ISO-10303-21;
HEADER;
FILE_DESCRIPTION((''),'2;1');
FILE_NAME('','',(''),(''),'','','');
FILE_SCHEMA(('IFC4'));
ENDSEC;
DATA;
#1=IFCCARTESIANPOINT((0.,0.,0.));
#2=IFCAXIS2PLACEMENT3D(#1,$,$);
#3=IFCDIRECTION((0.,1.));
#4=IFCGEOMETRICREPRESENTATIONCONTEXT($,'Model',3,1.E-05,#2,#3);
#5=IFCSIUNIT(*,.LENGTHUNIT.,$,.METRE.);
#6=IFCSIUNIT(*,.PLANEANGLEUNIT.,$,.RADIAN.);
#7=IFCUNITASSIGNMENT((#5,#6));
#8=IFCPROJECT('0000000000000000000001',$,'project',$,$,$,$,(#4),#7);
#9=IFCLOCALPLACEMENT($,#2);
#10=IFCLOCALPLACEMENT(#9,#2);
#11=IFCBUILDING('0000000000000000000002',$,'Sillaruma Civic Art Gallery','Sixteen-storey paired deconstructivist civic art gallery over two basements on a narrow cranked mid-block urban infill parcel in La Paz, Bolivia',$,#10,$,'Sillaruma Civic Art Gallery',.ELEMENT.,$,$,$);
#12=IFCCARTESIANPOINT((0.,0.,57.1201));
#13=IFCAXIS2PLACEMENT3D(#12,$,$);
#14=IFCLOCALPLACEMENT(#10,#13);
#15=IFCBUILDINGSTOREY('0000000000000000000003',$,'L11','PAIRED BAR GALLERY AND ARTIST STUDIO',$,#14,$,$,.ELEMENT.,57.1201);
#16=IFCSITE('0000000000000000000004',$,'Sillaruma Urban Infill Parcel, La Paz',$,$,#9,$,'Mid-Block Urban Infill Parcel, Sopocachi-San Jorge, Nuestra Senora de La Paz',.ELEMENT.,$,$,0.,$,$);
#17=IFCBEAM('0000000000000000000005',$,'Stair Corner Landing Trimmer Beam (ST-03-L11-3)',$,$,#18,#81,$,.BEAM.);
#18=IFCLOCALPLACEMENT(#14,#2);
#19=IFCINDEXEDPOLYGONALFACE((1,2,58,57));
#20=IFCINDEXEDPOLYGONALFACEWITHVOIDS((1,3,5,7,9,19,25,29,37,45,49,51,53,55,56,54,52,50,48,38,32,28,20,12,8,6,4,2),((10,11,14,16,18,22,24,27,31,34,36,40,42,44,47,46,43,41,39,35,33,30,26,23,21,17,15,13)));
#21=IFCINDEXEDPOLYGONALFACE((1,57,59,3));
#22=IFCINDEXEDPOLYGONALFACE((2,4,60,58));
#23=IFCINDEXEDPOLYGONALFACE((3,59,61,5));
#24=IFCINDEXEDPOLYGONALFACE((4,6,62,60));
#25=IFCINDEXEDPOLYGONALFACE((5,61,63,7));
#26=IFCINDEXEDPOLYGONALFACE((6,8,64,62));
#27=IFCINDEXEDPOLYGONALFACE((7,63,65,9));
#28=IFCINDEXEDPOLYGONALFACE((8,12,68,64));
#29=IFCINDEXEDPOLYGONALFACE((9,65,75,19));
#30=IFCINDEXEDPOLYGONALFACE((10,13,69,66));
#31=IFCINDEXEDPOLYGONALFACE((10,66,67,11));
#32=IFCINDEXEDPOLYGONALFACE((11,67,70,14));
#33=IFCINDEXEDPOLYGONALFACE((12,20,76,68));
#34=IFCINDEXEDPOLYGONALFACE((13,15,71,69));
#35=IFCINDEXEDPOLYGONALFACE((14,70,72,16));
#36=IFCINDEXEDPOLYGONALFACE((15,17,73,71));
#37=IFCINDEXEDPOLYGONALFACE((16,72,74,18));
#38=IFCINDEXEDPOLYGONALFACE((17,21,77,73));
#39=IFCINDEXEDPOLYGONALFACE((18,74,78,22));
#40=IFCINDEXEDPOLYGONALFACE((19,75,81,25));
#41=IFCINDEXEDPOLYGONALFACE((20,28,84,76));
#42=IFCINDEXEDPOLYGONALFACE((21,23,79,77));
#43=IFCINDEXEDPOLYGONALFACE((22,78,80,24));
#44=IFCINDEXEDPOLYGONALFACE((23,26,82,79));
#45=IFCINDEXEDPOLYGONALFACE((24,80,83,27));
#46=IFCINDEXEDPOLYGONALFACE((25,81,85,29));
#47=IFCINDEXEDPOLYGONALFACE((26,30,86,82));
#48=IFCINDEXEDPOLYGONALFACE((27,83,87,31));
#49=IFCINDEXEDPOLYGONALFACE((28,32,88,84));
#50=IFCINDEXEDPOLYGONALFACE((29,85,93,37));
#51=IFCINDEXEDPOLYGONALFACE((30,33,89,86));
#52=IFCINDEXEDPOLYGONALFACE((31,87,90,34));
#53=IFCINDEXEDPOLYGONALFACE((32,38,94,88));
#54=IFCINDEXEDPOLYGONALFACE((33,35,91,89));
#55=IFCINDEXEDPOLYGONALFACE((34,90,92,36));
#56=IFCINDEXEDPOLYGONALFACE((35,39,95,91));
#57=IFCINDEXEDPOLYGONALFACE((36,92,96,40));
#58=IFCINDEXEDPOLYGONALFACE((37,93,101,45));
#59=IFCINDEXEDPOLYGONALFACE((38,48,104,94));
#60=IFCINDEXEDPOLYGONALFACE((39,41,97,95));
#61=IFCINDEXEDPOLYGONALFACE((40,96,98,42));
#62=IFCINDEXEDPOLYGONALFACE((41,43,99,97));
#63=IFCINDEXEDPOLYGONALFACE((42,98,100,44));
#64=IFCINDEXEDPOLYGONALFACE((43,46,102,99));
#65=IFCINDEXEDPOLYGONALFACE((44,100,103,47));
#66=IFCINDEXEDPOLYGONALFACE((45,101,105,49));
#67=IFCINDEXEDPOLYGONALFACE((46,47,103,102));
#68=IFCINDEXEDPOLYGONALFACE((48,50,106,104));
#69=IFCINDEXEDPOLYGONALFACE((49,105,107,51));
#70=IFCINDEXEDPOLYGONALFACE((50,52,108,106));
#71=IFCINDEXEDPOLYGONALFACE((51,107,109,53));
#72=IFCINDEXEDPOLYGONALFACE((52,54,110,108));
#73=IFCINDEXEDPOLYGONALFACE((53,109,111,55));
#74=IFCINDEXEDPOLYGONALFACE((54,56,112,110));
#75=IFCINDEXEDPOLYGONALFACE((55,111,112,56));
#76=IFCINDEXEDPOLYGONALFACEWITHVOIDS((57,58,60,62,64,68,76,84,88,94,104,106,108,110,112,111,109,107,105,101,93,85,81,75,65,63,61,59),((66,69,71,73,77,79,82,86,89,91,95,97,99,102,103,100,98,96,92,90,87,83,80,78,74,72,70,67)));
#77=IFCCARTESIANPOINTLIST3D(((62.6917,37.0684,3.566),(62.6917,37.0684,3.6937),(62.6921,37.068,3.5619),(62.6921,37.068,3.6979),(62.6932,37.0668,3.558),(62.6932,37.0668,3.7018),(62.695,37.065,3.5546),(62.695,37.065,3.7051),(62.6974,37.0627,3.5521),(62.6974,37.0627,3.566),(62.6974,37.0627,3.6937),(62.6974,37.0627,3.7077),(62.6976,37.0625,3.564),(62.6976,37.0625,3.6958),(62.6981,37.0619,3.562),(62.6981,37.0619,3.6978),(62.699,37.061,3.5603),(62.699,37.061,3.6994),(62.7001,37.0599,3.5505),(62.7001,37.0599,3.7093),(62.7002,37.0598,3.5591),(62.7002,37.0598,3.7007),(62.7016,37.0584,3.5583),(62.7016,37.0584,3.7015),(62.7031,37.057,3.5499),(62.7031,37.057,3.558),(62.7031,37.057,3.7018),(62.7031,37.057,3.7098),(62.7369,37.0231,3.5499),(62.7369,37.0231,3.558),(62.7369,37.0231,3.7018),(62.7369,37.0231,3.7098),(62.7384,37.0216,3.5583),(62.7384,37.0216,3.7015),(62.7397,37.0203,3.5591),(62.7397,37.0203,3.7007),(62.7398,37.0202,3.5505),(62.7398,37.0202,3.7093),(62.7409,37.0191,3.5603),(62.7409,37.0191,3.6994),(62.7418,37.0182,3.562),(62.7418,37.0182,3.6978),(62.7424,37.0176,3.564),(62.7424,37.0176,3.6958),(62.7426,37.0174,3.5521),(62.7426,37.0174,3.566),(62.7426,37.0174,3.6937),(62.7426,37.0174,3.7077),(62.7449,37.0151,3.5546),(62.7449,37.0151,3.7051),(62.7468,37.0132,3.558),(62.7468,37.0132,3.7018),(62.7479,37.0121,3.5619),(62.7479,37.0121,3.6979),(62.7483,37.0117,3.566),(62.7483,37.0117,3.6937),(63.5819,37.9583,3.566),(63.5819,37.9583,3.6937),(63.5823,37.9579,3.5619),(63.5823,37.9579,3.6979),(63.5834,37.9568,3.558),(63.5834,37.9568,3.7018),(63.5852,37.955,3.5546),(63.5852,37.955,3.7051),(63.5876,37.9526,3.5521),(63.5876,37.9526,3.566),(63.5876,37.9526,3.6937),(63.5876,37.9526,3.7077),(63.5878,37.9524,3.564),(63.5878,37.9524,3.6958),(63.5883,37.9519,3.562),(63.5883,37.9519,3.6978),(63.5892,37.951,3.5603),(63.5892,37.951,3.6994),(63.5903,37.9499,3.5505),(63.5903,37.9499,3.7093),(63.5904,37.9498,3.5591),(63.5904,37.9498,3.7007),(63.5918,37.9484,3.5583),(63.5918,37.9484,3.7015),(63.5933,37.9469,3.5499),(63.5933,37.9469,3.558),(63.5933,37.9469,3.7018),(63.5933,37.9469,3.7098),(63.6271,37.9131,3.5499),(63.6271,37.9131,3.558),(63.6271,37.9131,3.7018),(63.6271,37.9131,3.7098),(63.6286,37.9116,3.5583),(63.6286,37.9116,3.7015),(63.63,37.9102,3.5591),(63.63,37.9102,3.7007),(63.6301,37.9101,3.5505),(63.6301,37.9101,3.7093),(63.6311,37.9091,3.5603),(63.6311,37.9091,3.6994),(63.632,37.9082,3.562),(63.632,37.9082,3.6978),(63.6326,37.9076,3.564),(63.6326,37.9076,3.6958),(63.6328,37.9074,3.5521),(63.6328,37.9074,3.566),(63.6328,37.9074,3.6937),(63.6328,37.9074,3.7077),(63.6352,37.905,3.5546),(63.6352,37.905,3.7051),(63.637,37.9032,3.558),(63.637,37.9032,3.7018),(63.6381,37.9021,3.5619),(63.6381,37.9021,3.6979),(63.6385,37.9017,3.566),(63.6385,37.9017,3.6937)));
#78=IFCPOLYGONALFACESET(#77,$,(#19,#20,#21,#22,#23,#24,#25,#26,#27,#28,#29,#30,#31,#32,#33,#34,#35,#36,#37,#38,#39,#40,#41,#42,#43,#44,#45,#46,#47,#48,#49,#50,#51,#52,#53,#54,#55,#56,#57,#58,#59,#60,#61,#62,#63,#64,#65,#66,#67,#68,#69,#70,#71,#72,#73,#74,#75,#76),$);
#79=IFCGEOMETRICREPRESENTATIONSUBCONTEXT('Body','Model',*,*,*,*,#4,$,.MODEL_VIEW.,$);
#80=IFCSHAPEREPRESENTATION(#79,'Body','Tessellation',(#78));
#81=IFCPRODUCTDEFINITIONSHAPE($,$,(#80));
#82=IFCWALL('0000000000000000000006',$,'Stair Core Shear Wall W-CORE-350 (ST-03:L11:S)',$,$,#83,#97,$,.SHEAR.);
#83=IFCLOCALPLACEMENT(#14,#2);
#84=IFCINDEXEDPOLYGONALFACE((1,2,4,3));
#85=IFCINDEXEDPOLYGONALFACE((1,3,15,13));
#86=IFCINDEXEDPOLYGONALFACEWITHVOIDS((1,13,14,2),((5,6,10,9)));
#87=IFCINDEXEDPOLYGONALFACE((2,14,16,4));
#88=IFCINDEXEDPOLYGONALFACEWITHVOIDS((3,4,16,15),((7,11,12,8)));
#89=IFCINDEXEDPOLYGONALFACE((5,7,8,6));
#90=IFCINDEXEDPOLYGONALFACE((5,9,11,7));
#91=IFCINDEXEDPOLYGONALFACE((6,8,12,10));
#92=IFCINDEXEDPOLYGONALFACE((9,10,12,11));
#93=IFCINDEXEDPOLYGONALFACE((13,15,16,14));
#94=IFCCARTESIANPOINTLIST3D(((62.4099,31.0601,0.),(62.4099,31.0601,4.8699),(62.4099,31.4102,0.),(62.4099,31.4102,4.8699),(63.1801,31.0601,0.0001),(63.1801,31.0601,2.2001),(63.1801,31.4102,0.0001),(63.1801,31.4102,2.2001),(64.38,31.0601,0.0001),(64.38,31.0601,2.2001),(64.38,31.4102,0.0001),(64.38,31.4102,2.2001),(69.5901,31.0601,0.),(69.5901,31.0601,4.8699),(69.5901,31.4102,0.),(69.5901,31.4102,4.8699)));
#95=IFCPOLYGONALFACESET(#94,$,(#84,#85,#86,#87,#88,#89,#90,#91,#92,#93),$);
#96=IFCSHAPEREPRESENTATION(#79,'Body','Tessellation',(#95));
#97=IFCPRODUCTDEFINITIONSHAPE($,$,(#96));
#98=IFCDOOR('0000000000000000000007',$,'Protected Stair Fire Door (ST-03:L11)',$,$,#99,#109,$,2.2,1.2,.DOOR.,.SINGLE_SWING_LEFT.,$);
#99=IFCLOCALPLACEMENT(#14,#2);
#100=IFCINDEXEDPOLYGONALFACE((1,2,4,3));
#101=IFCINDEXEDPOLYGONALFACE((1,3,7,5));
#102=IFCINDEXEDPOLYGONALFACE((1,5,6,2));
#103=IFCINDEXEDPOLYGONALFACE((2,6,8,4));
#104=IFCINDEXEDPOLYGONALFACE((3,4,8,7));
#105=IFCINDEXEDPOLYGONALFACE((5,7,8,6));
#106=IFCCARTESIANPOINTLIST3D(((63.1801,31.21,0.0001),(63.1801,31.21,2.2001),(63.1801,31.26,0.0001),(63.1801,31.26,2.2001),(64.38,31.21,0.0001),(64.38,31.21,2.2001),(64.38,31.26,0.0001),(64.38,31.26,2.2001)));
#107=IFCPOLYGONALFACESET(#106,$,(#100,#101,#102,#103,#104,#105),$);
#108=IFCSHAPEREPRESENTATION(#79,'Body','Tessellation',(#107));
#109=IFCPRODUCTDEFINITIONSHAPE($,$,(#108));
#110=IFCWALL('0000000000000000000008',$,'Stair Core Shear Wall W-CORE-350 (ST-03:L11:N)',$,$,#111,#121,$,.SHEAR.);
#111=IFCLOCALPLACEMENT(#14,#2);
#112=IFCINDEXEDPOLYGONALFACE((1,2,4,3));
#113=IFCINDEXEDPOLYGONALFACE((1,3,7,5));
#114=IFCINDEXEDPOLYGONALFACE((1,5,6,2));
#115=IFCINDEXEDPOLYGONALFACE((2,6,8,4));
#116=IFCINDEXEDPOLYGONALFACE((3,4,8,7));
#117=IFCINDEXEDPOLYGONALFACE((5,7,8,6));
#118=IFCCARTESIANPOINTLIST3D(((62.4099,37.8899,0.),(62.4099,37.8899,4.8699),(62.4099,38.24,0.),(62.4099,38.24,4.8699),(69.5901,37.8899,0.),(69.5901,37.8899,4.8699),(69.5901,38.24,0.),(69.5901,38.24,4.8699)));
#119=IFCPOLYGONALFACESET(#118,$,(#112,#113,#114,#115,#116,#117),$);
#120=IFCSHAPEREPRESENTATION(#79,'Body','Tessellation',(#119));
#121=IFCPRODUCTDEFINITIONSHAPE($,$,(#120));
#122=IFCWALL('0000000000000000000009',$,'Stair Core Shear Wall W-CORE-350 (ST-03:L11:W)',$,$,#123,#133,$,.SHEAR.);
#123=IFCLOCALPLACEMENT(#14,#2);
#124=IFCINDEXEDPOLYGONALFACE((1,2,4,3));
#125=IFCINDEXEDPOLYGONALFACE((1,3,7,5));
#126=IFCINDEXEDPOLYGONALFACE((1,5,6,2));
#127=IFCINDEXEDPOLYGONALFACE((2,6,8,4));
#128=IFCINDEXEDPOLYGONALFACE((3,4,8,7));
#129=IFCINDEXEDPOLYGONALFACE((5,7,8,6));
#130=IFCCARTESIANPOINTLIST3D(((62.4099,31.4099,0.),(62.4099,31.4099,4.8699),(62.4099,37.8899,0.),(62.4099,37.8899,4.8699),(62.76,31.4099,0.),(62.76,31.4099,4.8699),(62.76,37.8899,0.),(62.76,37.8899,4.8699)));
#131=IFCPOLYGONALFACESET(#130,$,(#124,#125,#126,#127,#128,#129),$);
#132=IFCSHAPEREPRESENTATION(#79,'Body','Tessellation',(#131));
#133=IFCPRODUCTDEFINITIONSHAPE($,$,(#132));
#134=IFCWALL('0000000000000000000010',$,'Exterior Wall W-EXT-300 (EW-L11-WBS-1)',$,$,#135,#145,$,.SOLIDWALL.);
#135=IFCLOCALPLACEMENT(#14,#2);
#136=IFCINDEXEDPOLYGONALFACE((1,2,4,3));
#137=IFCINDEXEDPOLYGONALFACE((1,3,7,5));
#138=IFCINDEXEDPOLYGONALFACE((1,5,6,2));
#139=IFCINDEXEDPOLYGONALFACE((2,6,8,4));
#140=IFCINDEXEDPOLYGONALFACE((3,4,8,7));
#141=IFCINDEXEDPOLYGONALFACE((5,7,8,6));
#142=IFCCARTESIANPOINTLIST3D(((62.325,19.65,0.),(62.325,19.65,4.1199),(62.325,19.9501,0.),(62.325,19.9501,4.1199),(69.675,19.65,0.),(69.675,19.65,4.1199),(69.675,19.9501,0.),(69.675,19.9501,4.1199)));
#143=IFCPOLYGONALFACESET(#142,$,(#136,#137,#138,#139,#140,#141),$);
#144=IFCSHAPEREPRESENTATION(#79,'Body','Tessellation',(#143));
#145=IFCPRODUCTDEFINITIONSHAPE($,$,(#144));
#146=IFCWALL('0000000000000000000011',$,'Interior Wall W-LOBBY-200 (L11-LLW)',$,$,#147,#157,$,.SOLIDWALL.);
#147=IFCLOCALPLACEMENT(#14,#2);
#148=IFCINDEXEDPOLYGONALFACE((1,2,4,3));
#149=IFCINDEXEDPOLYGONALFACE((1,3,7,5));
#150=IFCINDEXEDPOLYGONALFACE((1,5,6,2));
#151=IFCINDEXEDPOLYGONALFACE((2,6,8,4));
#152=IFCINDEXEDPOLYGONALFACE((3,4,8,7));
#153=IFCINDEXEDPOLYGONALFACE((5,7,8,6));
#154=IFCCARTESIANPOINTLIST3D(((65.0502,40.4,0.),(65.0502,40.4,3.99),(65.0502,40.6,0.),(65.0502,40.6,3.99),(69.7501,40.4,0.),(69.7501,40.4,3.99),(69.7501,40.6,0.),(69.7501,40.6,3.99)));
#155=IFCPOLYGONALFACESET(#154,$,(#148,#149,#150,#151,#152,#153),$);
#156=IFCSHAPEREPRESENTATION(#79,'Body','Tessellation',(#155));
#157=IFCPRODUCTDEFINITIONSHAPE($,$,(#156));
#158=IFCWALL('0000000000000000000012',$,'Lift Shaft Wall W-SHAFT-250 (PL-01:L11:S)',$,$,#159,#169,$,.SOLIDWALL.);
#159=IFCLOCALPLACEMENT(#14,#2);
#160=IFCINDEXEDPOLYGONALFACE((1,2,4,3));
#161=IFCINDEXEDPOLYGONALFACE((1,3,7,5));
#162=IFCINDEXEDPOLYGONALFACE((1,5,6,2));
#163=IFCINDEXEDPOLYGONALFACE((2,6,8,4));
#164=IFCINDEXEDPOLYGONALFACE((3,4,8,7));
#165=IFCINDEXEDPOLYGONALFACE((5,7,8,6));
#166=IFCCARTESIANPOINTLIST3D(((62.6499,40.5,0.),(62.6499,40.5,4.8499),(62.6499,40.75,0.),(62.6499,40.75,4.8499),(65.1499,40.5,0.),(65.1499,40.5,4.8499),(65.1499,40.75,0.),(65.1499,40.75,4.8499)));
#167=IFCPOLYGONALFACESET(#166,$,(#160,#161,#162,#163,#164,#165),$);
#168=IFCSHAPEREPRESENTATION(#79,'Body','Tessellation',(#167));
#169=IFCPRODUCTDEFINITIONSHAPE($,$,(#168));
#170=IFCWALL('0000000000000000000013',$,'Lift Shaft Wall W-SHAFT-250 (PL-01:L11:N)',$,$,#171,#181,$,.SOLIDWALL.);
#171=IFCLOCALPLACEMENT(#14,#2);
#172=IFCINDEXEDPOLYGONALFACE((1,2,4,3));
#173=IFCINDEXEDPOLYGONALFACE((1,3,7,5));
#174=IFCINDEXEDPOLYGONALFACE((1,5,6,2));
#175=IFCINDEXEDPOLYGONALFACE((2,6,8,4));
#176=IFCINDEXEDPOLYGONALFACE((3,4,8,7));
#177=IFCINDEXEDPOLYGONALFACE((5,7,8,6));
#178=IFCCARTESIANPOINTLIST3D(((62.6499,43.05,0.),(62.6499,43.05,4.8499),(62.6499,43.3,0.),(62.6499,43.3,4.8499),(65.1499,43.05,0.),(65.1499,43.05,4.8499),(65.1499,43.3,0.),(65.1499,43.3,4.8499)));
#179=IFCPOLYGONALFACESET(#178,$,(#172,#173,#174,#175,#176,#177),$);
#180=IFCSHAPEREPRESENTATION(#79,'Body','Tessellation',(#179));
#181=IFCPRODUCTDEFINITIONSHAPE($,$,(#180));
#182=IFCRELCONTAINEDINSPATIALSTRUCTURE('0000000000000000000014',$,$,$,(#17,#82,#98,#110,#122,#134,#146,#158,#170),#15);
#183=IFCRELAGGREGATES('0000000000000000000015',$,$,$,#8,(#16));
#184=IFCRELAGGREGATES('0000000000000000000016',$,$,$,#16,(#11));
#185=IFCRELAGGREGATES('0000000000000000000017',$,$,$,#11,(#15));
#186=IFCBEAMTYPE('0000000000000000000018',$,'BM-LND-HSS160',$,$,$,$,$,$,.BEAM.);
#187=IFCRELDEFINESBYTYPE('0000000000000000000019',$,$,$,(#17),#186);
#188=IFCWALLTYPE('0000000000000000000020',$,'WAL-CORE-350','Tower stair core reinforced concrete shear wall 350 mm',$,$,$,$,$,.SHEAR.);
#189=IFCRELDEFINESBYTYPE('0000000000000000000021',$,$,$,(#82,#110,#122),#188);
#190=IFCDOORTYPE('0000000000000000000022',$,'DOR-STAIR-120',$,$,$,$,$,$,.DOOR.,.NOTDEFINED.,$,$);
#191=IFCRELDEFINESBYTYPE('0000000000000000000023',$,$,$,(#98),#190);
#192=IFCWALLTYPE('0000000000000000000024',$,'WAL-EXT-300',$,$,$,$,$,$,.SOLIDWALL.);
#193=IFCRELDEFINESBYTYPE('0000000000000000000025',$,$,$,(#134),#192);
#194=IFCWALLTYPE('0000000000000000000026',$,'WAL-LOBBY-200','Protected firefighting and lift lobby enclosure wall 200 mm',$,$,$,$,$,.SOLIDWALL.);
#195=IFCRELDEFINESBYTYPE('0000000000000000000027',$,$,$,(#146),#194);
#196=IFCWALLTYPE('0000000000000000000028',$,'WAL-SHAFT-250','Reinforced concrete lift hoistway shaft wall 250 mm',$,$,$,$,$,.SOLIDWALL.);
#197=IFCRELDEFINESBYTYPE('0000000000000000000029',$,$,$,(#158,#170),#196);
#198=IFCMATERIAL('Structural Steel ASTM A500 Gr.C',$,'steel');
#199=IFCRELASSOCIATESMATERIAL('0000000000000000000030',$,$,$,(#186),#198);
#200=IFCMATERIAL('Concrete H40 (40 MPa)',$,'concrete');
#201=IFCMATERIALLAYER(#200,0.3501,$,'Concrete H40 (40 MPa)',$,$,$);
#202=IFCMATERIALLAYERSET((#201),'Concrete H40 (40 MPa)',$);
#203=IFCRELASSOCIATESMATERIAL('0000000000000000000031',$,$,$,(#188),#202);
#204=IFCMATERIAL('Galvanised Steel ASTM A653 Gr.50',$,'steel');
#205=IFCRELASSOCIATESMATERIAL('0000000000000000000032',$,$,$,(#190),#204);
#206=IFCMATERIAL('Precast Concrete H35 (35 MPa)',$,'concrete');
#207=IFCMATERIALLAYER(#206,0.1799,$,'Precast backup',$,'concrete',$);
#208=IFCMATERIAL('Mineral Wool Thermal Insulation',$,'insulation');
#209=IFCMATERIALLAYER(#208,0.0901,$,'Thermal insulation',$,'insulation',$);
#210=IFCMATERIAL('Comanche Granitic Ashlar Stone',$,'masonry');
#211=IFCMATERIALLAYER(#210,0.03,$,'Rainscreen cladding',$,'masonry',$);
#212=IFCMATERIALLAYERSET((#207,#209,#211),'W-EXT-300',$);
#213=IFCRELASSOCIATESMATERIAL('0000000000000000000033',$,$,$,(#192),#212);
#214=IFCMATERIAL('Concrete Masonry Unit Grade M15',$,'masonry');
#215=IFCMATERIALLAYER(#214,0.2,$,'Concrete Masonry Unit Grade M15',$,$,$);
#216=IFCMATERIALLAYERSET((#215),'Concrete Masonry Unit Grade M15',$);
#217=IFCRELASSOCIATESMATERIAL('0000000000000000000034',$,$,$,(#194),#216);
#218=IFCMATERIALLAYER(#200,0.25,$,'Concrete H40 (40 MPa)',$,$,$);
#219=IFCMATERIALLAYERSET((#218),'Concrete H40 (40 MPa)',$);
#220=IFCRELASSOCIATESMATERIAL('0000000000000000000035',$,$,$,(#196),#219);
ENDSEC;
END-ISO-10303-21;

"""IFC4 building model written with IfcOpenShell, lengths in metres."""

from ifc_helpers import new_model, si_unit, direction, frame, frame_2d, origin, origin_2d, place, context, subcontext, project, spatial, rectangle, hollow_rectangle, extrude, material, layer, layer_set, material_profile, profile_set, type_object, element, fill, save


model = new_model("IFC4")

# Units and contexts
model_context = context("Model", 3, precision=1e-05, world=origin(), true_north=direction((0.0, 1.0)))
body_context = subcontext(model_context, "Body", "Model", "MODEL_VIEW")
ifc_project = project(units=[si_unit("LENGTHUNIT", "METRE"), si_unit("PLANEANGLEUNIT", "RADIAN")], contexts=[model_context])

# Site, building, storey
site_placement = place(None, origin())
site = spatial("IfcSite", under=ifc_project, at=site_placement, Name="Sillaruma Urban Infill Parcel, La Paz", LongName="Mid-Block Urban Infill Parcel, Sopocachi-San Jorge, Nuestra Senora de La Paz", CompositionType="ELEMENT", RefElevation=0.0)
building_placement = place(site_placement, origin())
building = spatial("IfcBuilding", under=site, at=building_placement, Name="Sillaruma Civic Art Gallery", Description="Sixteen-storey paired deconstructivist civic art gallery over two basements on a narrow cranked mid-block urban infill parcel in La Paz, Bolivia", LongName="Sillaruma Civic Art Gallery", CompositionType="ELEMENT")
storey_placement = place(building_placement, frame((0.0, 0.0, 57.1201)))
storey = spatial("IfcBuildingStorey", under=building, at=storey_placement, Name="L11", Description="PAIRED BAR GALLERY AND ARTIST STUDIO", CompositionType="ELEMENT", Elevation=57.1201)

# Beam
ifc_material_1 = material(Name="Structural Steel ASTM A500 Gr.C", Category="steel")
ifc_material_profile_1 = material_profile(ifc_material_1, hollow_rectangle(XDim=0.0801, YDim=0.1599, WallThickness=0.0081, InnerFilletRadius=0.0081, OuterFilletRadius=0.0161, at=origin_2d()), Name="HSS160x80x8")
ifc_profile_set_1 = profile_set([ifc_material_profile_1], Name="Structural Steel ASTM A500 Gr.C")
beam_type_1 = type_object("IfcBeamType", Name="BM-LND-HSS160", PredefinedType="BEAM", material=ifc_profile_set_1)
for number, where, z_axis, x_axis, name in (
    (1, (62.72, 37.04, 3.6299), (0.707204, 0.70701, 0.0), (-0.70701, 0.707204, 0.0), "Stair Corner Landing Trimmer Beam (ST-03-L11-3)"),
):
    element("IfcBeam", number, at=place(storey_placement, frame(where, z_axis=z_axis, x_axis=x_axis)), inside=storey, type_object=beam_type_1, Name=name, PredefinedType="BEAM", context=body_context, shape_type="SweptSolid", body=[
        extrude(hollow_rectangle(XDim=0.0801, YDim=0.1599, WallThickness=0.0081, InnerFilletRadius=0.0081, OuterFilletRadius=0.0161, at=origin_2d()), origin(), (0.0, 0.0, 1.0), 1.2588),
    ])

# Wall, opening, door
ifc_material_2 = material(Name="Concrete H40 (40 MPa)", Category="concrete")
ifc_layer_1 = layer(ifc_material_2, 0.3501, Name="Concrete H40 (40 MPa)")
ifc_layer_set_1 = layer_set([ifc_layer_1], Name="Concrete H40 (40 MPa)")
wall_type_1 = type_object("IfcWallType", Name="WAL-CORE-350", Description="Tower stair core reinforced concrete shear wall 350 mm", PredefinedType="SHEAR", material=ifc_layer_set_1)
wall_1_placement = place(storey_placement, frame((62.4099, 31.2351, 0.0), z_axis=(0.0, 0.0, 1.0), x_axis=(1.0, 0.0, 0.0)))
wall_1 = element("IfcWall", 2, at=wall_1_placement, inside=storey, type_object=wall_type_1, Name="Stair Core Shear Wall W-CORE-350 (ST-03:L11:S)", PredefinedType="SHEAR", context=body_context, shape_type="SweptSolid", body=[
    extrude(rectangle(XDim=7.1802, YDim=0.3501, at=frame_2d((3.5901, 0.0))), origin(), (0.0, 0.0, 1.0), 4.8699),
])
opening_1_placement = place(wall_1_placement, frame((0.77, 0.0, 0.0)))
opening_1 = element("IfcOpeningElement", 3, at=opening_1_placement, cuts=wall_1, PredefinedType="OPENING", context=body_context, shape_type="SweptSolid", body=[
    extrude(rectangle(XDim=1.2, YDim=2.2, at=frame_2d((0.6001, 1.1001))), frame((0.0, 0.1851, 0.0), z_axis=(0.0, -1.0, 0.0), x_axis=(1.0, 0.0, 0.0)), (0.0, 0.0, 1.0), 0.3701),
])
ifc_material_3 = material(Name="Galvanised Steel ASTM A653 Gr.50", Category="steel")
door_type_1 = type_object("IfcDoorType", Name="DOR-STAIR-120", OperationType="NOTDEFINED", PredefinedType="DOOR", material=ifc_material_3)
door_1_placement = place(opening_1_placement, origin())
door_1 = element("IfcDoor", 4, at=door_1_placement, inside=storey, type_object=door_type_1, Name="Protected Stair Fire Door (ST-03:L11)", OperationType="SINGLE_SWING_LEFT", OverallHeight=2.2, OverallWidth=1.2, PredefinedType="DOOR", context=body_context, shape_type="SweptSolid", body=[
    extrude(rectangle(XDim=1.2, YDim=2.2, at=frame_2d((0.6001, 1.1001))), frame((0.0, 0.0249, 0.0), z_axis=(0.0, -1.0, 0.0), x_axis=(1.0, 0.0, 0.0)), (0.0, 0.0, 1.0), 0.05),
])
fill(opening_1, door_1)

# Walls
wall_2_placement = place(storey_placement, frame((62.4099, 38.0649, 0.0), z_axis=(0.0, 0.0, 1.0), x_axis=(1.0, 0.0, 0.0)))
element("IfcWall", 5, at=wall_2_placement, inside=storey, type_object=wall_type_1, Name="Stair Core Shear Wall W-CORE-350 (ST-03:L11:N)", PredefinedType="SHEAR", context=body_context, shape_type="SweptSolid", body=[
    extrude(rectangle(XDim=7.1802, YDim=0.3501, at=frame_2d((3.5901, 0.0))), origin(), (0.0, 0.0, 1.0), 4.8699),
])
wall_3_placement = place(storey_placement, frame((62.585, 31.4099, 0.0), z_axis=(0.0, 0.0, 1.0), x_axis=(0.0, 1.0, 0.0)))
element("IfcWall", 6, at=wall_3_placement, inside=storey, type_object=wall_type_1, Name="Stair Core Shear Wall W-CORE-350 (ST-03:L11:W)", PredefinedType="SHEAR", context=body_context, shape_type="SweptSolid", body=[
    extrude(rectangle(XDim=6.48, YDim=0.3501, at=frame_2d((3.24, 0.0))), origin(), (0.0, 0.0, 1.0), 4.8699),
])
ifc_material_4 = material(Name="Precast Concrete H35 (35 MPa)", Category="concrete")
ifc_layer_2 = layer(ifc_material_4, 0.1799, Name="Precast backup", Category="concrete")
ifc_material_5 = material(Name="Mineral Wool Thermal Insulation", Category="insulation")
ifc_layer_3 = layer(ifc_material_5, 0.0901, Name="Thermal insulation", Category="insulation")
ifc_material_6 = material(Name="Comanche Granitic Ashlar Stone", Category="masonry")
ifc_layer_4 = layer(ifc_material_6, 0.03, Name="Rainscreen cladding", Category="masonry")
ifc_layer_set_2 = layer_set([ifc_layer_2, ifc_layer_3, ifc_layer_4], Name="W-EXT-300")
wall_type_2 = type_object("IfcWallType", Name="WAL-EXT-300", PredefinedType="SOLIDWALL", material=ifc_layer_set_2)
wall_4_placement = place(storey_placement, frame((62.325, 19.8, 0.0), z_axis=(0.0, 0.0, 1.0), x_axis=(1.0, 0.0, 0.0)))
element("IfcWall", 7, at=wall_4_placement, inside=storey, type_object=wall_type_2, Name="Exterior Wall W-EXT-300 (EW-L11-WBS-1)", PredefinedType="SOLIDWALL", context=body_context, shape_type="SweptSolid", body=[
    extrude(rectangle(XDim=7.3501, YDim=0.3, at=frame_2d((3.675, 0.0))), origin(), (0.0, 0.0, 1.0), 4.1199),
])
ifc_material_7 = material(Name="Concrete Masonry Unit Grade M15", Category="masonry")
ifc_layer_5 = layer(ifc_material_7, 0.2, Name="Concrete Masonry Unit Grade M15")
ifc_layer_set_3 = layer_set([ifc_layer_5], Name="Concrete Masonry Unit Grade M15")
wall_type_3 = type_object("IfcWallType", Name="WAL-LOBBY-200", Description="Protected firefighting and lift lobby enclosure wall 200 mm", PredefinedType="SOLIDWALL", material=ifc_layer_set_3)
wall_5_placement = place(storey_placement, frame((65.05, 40.5, 0.0), z_axis=(0.0, 0.0, 1.0), x_axis=(1.0, 0.0, 0.0)))
element("IfcWall", 8, at=wall_5_placement, inside=storey, type_object=wall_type_3, Name="Interior Wall W-LOBBY-200 (L11-LLW)", PredefinedType="SOLIDWALL", context=body_context, shape_type="SweptSolid", body=[
    extrude(rectangle(XDim=4.7, YDim=0.2, at=frame_2d((2.3501, 0.0))), origin(), (0.0, 0.0, 1.0), 3.99),
])
ifc_layer_6 = layer(ifc_material_2, 0.25, Name="Concrete H40 (40 MPa)")
ifc_layer_set_4 = layer_set([ifc_layer_6], Name="Concrete H40 (40 MPa)")
wall_type_4 = type_object("IfcWallType", Name="WAL-SHAFT-250", Description="Reinforced concrete lift hoistway shaft wall 250 mm", PredefinedType="SOLIDWALL", material=ifc_layer_set_4)
for number, where, z_axis, x_axis, name in (
    (9, (62.6499, 40.625, 0.0), (0.0, 0.0, 1.0), (1.0, 0.0, 0.0), "Lift Shaft Wall W-SHAFT-250 (PL-01:L11:S)"),
    (10, (62.6499, 43.175, 0.0), (0.0, 0.0, 1.0), (1.0, 0.0, 0.0), "Lift Shaft Wall W-SHAFT-250 (PL-01:L11:N)"),
):
    element("IfcWall", number, at=place(storey_placement, frame(where, z_axis=z_axis, x_axis=x_axis)), inside=storey, type_object=wall_type_4, Name=name, PredefinedType="SOLIDWALL", context=body_context, shape_type="SweptSolid", body=[
        extrude(rectangle(XDim=2.5, YDim=0.25, at=frame_2d((1.25, 0.0))), origin(), (0.0, 0.0, 1.0), 4.8499),
    ])

save(model, "model.ifc")
